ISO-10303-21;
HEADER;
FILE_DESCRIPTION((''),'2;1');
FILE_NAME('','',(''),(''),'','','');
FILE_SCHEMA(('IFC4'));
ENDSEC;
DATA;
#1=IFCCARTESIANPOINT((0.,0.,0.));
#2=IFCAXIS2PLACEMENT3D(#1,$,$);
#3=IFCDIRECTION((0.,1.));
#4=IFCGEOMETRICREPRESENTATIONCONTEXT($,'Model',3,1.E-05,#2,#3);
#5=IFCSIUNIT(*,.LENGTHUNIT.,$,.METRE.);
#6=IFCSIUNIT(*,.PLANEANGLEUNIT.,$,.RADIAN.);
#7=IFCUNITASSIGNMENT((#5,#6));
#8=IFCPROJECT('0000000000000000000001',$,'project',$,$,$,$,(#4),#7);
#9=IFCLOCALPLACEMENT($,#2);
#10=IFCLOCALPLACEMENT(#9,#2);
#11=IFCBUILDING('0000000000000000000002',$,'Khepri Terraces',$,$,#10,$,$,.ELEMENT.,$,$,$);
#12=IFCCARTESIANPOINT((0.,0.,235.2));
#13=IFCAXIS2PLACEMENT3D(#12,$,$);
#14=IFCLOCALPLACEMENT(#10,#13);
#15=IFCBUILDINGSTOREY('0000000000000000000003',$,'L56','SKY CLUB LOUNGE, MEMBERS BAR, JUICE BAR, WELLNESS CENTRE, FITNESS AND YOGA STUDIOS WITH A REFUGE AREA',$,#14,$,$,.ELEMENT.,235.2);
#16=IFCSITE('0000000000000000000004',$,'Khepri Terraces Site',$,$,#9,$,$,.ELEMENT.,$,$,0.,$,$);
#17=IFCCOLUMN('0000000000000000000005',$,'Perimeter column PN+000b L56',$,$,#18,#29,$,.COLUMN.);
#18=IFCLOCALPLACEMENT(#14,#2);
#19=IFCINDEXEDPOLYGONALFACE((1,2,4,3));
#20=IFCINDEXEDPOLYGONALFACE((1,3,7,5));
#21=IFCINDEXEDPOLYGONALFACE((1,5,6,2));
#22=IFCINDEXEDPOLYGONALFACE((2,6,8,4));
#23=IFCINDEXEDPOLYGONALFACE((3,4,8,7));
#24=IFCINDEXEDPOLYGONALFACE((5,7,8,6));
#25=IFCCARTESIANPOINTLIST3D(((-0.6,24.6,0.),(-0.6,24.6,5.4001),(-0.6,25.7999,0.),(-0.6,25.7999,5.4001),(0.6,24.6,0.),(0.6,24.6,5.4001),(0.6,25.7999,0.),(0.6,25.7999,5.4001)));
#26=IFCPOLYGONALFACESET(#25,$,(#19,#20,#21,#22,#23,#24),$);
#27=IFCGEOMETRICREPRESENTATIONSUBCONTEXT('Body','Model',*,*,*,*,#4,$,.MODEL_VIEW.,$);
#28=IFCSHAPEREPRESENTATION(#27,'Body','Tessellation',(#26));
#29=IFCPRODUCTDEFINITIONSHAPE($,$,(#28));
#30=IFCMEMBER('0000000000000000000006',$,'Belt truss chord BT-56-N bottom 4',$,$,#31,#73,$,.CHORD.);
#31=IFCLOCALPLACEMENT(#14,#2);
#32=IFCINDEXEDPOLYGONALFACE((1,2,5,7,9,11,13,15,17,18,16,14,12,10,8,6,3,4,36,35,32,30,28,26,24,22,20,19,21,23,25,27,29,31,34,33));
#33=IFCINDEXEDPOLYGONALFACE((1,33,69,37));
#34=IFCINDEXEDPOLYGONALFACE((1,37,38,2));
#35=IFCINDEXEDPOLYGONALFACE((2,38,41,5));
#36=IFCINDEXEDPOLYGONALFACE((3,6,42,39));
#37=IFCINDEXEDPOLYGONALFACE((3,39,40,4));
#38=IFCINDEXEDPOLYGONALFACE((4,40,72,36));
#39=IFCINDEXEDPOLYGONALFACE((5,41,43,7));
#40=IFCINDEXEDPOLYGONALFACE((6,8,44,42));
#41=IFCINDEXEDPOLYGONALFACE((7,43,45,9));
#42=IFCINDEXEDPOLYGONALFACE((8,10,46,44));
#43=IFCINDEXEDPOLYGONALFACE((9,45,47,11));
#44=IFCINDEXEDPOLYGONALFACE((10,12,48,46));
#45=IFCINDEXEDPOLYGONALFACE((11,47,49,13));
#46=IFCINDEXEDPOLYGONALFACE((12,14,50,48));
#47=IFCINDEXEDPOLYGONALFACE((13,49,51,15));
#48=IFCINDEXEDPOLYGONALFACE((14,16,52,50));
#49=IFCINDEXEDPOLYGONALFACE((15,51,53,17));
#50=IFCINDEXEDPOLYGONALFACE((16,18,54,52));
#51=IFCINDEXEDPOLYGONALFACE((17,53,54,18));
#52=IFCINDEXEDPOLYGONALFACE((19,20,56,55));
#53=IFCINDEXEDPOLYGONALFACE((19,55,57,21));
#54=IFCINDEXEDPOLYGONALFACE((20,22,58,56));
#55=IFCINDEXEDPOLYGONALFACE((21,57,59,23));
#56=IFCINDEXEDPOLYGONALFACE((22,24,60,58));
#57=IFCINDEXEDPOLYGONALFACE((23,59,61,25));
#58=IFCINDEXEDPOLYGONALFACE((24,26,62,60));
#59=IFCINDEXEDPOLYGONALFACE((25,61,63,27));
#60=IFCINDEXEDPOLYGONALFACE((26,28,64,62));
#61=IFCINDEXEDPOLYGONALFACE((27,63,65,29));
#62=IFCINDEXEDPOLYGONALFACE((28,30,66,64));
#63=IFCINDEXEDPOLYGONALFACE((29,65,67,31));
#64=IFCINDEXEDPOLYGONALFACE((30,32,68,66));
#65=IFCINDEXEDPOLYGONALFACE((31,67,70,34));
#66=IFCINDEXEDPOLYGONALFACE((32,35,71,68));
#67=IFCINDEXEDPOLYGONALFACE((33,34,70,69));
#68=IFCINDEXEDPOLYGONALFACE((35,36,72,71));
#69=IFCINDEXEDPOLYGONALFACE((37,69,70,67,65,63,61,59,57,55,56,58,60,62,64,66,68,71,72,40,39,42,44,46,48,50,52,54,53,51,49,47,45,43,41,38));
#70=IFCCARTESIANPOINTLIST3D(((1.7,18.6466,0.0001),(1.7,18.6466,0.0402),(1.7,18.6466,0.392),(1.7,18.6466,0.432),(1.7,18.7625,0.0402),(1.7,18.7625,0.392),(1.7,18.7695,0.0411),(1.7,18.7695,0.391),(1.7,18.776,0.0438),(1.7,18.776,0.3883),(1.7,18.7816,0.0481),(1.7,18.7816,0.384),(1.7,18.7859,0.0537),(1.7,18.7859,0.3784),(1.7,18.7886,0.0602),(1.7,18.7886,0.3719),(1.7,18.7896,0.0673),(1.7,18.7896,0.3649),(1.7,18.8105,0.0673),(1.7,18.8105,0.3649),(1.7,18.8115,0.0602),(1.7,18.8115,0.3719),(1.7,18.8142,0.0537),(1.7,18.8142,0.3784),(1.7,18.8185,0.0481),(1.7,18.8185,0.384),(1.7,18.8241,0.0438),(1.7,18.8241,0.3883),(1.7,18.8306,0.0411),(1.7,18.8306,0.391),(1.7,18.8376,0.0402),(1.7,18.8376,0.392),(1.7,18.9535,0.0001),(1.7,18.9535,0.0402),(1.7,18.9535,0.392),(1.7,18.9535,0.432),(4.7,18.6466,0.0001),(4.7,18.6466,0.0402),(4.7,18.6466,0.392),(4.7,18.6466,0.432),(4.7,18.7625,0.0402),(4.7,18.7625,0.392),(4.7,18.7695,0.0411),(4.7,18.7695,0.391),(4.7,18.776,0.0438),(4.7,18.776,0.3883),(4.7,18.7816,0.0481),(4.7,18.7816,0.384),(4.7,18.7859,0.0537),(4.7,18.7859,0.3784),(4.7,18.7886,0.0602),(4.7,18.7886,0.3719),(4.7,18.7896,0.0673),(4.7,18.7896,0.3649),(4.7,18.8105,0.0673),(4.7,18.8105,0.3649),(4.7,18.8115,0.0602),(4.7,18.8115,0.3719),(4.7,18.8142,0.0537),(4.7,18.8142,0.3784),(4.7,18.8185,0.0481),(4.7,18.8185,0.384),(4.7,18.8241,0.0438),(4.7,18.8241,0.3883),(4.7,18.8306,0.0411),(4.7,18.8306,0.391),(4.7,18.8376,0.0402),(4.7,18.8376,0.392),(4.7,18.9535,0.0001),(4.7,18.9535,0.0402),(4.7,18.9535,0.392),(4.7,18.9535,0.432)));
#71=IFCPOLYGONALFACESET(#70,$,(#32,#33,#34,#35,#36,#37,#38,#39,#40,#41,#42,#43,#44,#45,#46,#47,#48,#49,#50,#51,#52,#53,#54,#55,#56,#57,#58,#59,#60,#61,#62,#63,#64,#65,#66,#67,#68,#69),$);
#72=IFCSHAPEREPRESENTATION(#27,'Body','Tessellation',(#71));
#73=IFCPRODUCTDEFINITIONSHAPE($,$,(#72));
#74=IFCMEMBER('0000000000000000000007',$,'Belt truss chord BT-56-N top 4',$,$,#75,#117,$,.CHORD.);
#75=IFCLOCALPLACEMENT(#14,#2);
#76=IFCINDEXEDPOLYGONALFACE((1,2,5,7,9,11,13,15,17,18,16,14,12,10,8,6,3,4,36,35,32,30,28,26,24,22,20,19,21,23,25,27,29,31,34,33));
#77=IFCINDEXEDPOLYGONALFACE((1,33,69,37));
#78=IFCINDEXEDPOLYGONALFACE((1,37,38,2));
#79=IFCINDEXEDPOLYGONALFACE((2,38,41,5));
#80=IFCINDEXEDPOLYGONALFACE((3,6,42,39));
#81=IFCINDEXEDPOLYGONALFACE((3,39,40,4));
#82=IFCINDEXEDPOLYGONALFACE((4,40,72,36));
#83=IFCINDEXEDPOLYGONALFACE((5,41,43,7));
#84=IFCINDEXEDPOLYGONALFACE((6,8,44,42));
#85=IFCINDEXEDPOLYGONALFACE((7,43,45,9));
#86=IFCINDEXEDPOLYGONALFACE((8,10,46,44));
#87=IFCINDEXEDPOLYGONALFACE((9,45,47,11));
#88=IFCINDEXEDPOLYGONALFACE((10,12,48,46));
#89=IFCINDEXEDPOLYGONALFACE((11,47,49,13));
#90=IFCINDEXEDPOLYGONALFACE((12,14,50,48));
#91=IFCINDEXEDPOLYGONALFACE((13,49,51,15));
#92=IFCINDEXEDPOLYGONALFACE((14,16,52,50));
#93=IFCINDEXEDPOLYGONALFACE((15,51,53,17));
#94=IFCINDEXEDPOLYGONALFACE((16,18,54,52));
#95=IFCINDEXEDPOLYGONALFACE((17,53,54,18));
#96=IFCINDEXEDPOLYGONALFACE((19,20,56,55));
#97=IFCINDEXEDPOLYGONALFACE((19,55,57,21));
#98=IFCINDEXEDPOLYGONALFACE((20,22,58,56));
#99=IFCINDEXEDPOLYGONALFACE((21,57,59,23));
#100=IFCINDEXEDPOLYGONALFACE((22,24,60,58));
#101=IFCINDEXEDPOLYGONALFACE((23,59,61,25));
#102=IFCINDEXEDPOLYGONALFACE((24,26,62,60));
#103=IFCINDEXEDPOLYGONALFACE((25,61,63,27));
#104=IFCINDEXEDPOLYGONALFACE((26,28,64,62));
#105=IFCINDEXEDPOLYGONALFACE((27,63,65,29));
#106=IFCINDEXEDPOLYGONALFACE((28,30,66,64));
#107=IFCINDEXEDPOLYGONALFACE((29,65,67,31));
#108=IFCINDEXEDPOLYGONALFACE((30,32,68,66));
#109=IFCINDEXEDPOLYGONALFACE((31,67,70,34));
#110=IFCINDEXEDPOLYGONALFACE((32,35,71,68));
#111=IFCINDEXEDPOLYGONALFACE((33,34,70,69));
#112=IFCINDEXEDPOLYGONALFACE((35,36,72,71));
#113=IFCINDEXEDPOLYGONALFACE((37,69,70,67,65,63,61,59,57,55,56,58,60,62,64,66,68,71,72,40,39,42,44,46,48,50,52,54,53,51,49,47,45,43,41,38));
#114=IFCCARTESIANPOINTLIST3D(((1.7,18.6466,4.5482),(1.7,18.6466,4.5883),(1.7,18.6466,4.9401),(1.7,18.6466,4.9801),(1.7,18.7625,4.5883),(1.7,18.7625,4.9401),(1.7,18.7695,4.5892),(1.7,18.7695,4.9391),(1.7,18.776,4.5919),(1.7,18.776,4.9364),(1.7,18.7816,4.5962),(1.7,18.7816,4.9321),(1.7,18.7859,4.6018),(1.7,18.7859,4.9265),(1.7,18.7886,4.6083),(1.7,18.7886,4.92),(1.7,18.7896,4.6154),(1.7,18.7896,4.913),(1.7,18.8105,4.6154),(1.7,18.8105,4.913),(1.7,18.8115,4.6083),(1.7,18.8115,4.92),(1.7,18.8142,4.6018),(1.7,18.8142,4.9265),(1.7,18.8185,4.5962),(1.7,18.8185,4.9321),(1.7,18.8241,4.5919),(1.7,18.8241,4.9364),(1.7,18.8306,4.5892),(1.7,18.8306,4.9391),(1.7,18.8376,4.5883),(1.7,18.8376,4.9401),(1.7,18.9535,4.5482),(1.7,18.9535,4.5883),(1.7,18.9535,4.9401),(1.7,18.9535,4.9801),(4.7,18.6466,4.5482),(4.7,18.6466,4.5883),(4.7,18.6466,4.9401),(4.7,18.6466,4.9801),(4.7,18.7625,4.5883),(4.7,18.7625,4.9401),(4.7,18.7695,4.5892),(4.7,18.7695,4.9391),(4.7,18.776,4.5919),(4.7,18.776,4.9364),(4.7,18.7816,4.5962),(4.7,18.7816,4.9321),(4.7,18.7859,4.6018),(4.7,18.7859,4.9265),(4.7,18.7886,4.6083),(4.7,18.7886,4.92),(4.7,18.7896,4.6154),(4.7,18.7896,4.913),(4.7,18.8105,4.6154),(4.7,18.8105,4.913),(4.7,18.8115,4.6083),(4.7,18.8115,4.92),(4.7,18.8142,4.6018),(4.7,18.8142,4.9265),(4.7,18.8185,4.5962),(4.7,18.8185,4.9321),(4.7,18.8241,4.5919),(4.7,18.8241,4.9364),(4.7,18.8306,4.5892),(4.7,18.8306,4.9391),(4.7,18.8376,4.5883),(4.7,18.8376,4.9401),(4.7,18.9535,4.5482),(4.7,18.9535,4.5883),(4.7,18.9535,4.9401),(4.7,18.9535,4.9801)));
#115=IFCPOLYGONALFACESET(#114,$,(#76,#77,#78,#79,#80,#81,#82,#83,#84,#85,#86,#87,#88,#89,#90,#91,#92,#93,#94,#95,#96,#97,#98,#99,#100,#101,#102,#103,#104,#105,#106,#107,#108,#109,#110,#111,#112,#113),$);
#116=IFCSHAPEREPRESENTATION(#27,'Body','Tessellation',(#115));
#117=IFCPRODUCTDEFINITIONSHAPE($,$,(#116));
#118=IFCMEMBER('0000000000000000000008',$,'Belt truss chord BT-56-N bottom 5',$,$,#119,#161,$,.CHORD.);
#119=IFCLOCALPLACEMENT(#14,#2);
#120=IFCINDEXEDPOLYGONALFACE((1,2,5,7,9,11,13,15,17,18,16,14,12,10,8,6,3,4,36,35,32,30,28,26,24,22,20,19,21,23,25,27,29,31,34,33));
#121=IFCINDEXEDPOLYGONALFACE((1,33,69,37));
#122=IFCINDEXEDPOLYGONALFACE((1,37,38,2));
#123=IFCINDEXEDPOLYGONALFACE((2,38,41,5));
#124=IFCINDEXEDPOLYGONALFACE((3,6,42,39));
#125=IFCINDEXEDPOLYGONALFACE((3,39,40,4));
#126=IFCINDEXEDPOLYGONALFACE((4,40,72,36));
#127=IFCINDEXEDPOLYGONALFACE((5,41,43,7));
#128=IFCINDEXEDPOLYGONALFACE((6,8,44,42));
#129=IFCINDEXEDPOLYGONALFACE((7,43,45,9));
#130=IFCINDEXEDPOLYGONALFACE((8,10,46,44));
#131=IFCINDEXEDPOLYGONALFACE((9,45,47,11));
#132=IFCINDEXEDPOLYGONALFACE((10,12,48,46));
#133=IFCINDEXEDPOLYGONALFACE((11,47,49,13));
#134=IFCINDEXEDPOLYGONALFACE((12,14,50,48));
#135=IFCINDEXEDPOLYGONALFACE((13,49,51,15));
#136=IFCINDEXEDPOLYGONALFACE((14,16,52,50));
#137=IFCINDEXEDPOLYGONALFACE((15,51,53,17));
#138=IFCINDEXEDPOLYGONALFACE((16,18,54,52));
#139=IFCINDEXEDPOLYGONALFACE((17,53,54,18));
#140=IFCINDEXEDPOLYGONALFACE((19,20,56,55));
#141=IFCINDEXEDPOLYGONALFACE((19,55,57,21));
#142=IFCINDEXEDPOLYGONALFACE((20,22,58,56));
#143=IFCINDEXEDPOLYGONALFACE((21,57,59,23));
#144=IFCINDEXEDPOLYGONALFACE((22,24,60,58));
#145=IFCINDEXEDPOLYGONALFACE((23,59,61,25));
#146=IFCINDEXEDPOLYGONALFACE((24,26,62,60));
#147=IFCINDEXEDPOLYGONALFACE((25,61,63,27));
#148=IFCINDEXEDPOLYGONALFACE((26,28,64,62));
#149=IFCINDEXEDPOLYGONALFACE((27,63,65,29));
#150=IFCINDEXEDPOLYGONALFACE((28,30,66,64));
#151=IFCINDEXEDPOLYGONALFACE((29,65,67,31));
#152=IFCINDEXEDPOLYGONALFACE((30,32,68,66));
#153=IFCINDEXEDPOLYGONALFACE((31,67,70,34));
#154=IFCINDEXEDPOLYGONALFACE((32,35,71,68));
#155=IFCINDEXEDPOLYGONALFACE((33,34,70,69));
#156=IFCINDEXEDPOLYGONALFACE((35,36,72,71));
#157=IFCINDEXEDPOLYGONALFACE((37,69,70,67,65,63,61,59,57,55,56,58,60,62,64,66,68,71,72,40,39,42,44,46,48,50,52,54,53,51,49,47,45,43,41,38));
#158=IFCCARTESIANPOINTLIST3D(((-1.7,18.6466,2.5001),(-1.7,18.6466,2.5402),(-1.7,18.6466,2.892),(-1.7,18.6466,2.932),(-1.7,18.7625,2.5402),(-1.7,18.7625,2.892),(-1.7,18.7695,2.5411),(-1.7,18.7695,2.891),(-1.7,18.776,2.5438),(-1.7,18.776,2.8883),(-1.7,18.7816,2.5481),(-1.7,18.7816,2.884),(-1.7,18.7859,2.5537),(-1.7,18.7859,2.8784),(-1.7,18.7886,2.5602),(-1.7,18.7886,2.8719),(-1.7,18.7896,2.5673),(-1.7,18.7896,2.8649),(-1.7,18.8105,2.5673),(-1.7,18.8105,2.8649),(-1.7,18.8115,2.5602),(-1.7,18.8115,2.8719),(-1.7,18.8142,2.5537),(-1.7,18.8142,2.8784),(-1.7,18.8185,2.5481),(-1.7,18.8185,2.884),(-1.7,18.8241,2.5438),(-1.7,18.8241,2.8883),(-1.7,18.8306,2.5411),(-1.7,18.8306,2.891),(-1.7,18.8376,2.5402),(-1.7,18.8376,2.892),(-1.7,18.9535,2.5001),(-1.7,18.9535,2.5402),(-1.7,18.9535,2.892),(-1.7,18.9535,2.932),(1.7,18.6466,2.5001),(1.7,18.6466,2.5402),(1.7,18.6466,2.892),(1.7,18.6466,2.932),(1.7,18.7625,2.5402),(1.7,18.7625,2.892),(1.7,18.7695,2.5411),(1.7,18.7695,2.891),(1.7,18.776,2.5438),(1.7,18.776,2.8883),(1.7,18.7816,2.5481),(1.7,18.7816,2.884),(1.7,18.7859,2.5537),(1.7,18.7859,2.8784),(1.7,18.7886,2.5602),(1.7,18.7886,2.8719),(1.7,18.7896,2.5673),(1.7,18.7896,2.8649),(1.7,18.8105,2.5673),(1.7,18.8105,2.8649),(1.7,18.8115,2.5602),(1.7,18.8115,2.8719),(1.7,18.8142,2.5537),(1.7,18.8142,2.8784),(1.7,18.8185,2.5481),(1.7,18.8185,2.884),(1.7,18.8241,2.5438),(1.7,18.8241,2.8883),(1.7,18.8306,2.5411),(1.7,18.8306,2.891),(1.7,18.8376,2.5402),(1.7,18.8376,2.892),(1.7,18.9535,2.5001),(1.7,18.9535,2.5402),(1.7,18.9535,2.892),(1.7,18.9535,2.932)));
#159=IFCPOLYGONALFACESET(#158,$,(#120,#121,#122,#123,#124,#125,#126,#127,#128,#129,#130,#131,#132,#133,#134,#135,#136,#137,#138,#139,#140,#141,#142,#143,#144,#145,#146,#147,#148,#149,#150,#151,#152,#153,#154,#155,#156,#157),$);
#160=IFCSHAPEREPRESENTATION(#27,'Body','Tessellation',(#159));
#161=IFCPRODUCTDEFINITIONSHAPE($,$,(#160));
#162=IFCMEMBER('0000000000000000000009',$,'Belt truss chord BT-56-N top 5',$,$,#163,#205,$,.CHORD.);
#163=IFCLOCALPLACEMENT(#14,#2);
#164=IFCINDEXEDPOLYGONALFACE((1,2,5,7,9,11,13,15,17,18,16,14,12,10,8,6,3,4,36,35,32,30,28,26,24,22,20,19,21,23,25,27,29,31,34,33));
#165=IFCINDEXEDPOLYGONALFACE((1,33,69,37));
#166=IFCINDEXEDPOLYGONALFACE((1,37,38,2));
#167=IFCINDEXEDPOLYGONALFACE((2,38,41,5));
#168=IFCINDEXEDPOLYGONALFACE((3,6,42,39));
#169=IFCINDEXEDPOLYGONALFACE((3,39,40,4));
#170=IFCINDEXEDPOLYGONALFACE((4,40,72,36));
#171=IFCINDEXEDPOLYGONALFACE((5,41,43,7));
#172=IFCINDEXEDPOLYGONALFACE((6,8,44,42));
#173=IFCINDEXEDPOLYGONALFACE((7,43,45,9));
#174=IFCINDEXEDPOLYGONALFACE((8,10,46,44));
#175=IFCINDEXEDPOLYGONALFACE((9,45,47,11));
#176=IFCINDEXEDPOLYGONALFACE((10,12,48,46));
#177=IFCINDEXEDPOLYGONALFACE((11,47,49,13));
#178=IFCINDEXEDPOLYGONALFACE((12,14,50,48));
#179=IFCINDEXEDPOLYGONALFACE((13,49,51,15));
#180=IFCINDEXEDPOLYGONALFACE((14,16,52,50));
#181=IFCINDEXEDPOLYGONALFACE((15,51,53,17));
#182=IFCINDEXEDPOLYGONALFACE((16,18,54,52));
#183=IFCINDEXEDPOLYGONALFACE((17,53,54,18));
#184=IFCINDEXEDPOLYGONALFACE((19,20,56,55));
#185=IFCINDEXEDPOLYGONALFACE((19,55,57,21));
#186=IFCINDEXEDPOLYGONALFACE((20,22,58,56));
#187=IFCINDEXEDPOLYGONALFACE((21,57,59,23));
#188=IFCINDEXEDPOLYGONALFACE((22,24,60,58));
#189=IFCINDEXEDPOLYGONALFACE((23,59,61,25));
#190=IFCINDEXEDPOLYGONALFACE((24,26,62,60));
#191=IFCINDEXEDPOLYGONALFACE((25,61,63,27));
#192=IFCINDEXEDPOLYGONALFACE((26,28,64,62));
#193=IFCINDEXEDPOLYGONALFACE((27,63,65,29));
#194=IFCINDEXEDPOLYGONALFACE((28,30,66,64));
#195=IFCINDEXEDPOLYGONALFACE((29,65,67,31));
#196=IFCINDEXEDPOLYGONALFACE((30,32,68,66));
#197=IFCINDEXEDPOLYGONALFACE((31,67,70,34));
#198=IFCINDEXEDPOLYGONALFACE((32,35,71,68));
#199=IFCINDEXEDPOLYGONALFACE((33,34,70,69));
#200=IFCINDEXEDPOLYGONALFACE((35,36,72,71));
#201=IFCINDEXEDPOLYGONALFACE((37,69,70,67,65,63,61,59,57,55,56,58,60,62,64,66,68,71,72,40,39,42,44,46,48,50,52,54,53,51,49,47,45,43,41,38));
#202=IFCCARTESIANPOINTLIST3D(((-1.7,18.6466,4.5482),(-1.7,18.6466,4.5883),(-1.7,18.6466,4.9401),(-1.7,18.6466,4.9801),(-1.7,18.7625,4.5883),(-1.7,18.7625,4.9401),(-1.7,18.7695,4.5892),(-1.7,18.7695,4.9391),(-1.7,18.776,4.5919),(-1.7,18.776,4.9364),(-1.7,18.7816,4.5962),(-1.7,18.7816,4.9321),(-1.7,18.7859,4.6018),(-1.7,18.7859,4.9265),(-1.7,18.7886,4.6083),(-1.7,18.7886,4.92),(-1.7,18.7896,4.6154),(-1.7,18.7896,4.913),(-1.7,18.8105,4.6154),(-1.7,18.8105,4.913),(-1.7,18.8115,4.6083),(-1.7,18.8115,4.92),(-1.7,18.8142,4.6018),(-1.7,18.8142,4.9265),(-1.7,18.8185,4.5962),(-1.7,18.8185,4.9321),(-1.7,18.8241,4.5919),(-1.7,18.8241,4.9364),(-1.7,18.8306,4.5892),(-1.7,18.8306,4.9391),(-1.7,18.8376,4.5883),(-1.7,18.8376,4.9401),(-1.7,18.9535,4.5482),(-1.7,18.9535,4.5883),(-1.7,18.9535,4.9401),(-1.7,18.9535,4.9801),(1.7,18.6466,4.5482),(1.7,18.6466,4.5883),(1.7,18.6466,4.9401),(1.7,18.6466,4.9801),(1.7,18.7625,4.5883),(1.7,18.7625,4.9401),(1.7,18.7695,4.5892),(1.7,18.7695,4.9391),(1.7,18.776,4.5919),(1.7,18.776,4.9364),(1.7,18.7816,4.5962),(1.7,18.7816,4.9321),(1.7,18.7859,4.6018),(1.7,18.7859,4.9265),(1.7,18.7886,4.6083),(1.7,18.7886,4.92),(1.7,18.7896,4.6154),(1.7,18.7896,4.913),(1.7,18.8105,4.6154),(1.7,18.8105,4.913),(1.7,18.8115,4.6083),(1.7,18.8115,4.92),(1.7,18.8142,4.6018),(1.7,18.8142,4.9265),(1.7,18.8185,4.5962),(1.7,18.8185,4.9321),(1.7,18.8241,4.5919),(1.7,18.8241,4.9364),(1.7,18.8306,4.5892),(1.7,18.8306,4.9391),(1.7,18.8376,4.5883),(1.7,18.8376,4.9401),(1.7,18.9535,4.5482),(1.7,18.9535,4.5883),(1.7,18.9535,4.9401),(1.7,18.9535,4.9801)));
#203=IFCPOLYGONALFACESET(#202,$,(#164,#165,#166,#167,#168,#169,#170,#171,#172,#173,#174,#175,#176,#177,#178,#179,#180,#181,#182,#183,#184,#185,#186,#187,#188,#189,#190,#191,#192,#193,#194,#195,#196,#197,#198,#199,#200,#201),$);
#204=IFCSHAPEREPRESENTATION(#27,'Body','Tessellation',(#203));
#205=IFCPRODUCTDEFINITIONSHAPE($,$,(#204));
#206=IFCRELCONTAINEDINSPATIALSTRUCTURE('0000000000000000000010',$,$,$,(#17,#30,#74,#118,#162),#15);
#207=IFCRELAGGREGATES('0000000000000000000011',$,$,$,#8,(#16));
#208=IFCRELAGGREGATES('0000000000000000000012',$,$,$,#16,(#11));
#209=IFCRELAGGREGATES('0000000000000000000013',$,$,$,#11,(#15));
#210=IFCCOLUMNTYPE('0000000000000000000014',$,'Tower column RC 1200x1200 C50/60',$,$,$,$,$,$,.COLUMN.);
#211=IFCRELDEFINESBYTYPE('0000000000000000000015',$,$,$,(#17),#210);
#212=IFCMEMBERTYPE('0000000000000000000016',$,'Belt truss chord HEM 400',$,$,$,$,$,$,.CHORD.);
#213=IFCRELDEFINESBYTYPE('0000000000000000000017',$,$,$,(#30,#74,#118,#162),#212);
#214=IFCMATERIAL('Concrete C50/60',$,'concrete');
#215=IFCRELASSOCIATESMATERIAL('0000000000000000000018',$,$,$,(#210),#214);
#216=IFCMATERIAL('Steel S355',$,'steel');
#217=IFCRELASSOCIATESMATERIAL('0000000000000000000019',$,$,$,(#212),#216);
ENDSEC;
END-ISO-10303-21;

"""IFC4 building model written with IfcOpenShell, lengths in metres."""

from ifc_helpers import new_model, si_unit, direction, frame, origin, origin_2d, place, context, subcontext, project, spatial, rectangle, i_section, extrude, material, material_profile, profile_set, type_object, element, save


model = new_model("IFC4")

# Units and contexts
model_context = context("Model", 3, precision=1e-05, world=origin(), true_north=direction((0.0, 1.0)))
body_context = subcontext(model_context, "Body", "Model", "MODEL_VIEW")
ifc_project = project(units=[si_unit("LENGTHUNIT", "METRE"), si_unit("PLANEANGLEUNIT", "RADIAN")], contexts=[model_context])

# Site, building, storey
site_placement = place(None, origin())
site = spatial("IfcSite", under=ifc_project, at=site_placement, Name="Khepri Terraces Site", CompositionType="ELEMENT", RefElevation=0.0)
building_placement = place(site_placement, origin())
building = spatial("IfcBuilding", under=site, at=building_placement, Name="Khepri Terraces", CompositionType="ELEMENT")
storey_placement = place(building_placement, frame((0.0, 0.0, 235.2)))
storey = spatial("IfcBuildingStorey", under=building, at=storey_placement, Name="L56", Description="SKY CLUB LOUNGE, MEMBERS BAR, JUICE BAR, WELLNESS CENTRE, FITNESS AND YOGA STUDIOS WITH A REFUGE AREA", CompositionType="ELEMENT", Elevation=235.2)

# Column
ifc_material_1 = material(Name="Concrete C50/60", Category="concrete")
ifc_material_profile_1 = material_profile(ifc_material_1, rectangle(XDim=1.2, YDim=1.2, at=origin_2d()), Name="Concrete C50/60", Category="concrete")
ifc_profile_set_1 = profile_set([ifc_material_profile_1], Name="Concrete C50/60")
column_type = type_object("IfcColumnType", Name="Tower column RC 1200x1200 C50/60", PredefinedType="COLUMN", material=ifc_profile_set_1)
column_placement = place(storey_placement, frame((0.0, 25.2, 0.0), z_axis=(0.0, 0.0, 1.0), x_axis=(1.0, 0.0, 0.0)))
element("IfcColumn", 1, at=column_placement, inside=storey, type_object=column_type, Name="Perimeter column PN+000b L56", PredefinedType="COLUMN", context=body_context, shape_type="SweptSolid", body=[
    extrude(rectangle(XDim=1.2, YDim=1.2, at=origin_2d()), origin(), (0.0, 0.0, 1.0), 5.4001),
])

# Members
ifc_material_2 = material(Name="Steel S355", Category="steel")
ifc_material_profile_2 = material_profile(ifc_material_2, i_section(OverallWidth=0.3069, OverallDepth=0.4319, WebThickness=0.021, FlangeThickness=0.04, FilletRadius=0.0271, at=origin_2d()), Name="Steel S355", Category="steel")
ifc_profile_set_2 = profile_set([ifc_material_profile_2], Name="Steel S355")
member_type_1 = type_object("IfcMemberType", Name="Belt truss chord HEM 400", PredefinedType="CHORD", material=ifc_profile_set_2)
for number, where, z_axis, x_axis, name in (
    (2, (4.7, 18.8, 0.2161), (-1.0, 0.0, 0.0), (0.0, -1.0, 0.0), "Belt truss chord BT-56-N bottom 4"),
    (3, (4.7, 18.8, 4.7642), (-1.0, 0.0, 0.0), (0.0, -1.0, 0.0), "Belt truss chord BT-56-N top 4"),
):
    element("IfcMember", number, at=place(storey_placement, frame(where, z_axis=z_axis, x_axis=x_axis)), inside=storey, type_object=member_type_1, Name=name, PredefinedType="CHORD", context=body_context, shape_type="SweptSolid", body=[
        extrude(i_section(OverallWidth=0.3069, OverallDepth=0.4319, WebThickness=0.021, FlangeThickness=0.04, FilletRadius=0.0271, at=origin_2d()), origin(), (0.0, 0.0, 1.0), 3.0),
    ])
for number, where, z_axis, x_axis, name in (
    (4, (1.7, 18.8, 2.7161), (-1.0, 0.0, 0.0), (0.0, -1.0, 0.0), "Belt truss chord BT-56-N bottom 5"),
    (5, (1.7, 18.8, 4.7642), (-1.0, 0.0, 0.0), (0.0, -1.0, 0.0), "Belt truss chord BT-56-N top 5"),
):
    element("IfcMember", number, at=place(storey_placement, frame(where, z_axis=z_axis, x_axis=x_axis)), inside=storey, type_object=member_type_1, Name=name, PredefinedType="CHORD", context=body_context, shape_type="SweptSolid", body=[
        extrude(i_section(OverallWidth=0.3069, OverallDepth=0.4319, WebThickness=0.021, FlangeThickness=0.04, FilletRadius=0.0271, at=origin_2d()), origin(), (0.0, 0.0, 1.0), 3.3999),
    ])

save(model, "model.ifc")
